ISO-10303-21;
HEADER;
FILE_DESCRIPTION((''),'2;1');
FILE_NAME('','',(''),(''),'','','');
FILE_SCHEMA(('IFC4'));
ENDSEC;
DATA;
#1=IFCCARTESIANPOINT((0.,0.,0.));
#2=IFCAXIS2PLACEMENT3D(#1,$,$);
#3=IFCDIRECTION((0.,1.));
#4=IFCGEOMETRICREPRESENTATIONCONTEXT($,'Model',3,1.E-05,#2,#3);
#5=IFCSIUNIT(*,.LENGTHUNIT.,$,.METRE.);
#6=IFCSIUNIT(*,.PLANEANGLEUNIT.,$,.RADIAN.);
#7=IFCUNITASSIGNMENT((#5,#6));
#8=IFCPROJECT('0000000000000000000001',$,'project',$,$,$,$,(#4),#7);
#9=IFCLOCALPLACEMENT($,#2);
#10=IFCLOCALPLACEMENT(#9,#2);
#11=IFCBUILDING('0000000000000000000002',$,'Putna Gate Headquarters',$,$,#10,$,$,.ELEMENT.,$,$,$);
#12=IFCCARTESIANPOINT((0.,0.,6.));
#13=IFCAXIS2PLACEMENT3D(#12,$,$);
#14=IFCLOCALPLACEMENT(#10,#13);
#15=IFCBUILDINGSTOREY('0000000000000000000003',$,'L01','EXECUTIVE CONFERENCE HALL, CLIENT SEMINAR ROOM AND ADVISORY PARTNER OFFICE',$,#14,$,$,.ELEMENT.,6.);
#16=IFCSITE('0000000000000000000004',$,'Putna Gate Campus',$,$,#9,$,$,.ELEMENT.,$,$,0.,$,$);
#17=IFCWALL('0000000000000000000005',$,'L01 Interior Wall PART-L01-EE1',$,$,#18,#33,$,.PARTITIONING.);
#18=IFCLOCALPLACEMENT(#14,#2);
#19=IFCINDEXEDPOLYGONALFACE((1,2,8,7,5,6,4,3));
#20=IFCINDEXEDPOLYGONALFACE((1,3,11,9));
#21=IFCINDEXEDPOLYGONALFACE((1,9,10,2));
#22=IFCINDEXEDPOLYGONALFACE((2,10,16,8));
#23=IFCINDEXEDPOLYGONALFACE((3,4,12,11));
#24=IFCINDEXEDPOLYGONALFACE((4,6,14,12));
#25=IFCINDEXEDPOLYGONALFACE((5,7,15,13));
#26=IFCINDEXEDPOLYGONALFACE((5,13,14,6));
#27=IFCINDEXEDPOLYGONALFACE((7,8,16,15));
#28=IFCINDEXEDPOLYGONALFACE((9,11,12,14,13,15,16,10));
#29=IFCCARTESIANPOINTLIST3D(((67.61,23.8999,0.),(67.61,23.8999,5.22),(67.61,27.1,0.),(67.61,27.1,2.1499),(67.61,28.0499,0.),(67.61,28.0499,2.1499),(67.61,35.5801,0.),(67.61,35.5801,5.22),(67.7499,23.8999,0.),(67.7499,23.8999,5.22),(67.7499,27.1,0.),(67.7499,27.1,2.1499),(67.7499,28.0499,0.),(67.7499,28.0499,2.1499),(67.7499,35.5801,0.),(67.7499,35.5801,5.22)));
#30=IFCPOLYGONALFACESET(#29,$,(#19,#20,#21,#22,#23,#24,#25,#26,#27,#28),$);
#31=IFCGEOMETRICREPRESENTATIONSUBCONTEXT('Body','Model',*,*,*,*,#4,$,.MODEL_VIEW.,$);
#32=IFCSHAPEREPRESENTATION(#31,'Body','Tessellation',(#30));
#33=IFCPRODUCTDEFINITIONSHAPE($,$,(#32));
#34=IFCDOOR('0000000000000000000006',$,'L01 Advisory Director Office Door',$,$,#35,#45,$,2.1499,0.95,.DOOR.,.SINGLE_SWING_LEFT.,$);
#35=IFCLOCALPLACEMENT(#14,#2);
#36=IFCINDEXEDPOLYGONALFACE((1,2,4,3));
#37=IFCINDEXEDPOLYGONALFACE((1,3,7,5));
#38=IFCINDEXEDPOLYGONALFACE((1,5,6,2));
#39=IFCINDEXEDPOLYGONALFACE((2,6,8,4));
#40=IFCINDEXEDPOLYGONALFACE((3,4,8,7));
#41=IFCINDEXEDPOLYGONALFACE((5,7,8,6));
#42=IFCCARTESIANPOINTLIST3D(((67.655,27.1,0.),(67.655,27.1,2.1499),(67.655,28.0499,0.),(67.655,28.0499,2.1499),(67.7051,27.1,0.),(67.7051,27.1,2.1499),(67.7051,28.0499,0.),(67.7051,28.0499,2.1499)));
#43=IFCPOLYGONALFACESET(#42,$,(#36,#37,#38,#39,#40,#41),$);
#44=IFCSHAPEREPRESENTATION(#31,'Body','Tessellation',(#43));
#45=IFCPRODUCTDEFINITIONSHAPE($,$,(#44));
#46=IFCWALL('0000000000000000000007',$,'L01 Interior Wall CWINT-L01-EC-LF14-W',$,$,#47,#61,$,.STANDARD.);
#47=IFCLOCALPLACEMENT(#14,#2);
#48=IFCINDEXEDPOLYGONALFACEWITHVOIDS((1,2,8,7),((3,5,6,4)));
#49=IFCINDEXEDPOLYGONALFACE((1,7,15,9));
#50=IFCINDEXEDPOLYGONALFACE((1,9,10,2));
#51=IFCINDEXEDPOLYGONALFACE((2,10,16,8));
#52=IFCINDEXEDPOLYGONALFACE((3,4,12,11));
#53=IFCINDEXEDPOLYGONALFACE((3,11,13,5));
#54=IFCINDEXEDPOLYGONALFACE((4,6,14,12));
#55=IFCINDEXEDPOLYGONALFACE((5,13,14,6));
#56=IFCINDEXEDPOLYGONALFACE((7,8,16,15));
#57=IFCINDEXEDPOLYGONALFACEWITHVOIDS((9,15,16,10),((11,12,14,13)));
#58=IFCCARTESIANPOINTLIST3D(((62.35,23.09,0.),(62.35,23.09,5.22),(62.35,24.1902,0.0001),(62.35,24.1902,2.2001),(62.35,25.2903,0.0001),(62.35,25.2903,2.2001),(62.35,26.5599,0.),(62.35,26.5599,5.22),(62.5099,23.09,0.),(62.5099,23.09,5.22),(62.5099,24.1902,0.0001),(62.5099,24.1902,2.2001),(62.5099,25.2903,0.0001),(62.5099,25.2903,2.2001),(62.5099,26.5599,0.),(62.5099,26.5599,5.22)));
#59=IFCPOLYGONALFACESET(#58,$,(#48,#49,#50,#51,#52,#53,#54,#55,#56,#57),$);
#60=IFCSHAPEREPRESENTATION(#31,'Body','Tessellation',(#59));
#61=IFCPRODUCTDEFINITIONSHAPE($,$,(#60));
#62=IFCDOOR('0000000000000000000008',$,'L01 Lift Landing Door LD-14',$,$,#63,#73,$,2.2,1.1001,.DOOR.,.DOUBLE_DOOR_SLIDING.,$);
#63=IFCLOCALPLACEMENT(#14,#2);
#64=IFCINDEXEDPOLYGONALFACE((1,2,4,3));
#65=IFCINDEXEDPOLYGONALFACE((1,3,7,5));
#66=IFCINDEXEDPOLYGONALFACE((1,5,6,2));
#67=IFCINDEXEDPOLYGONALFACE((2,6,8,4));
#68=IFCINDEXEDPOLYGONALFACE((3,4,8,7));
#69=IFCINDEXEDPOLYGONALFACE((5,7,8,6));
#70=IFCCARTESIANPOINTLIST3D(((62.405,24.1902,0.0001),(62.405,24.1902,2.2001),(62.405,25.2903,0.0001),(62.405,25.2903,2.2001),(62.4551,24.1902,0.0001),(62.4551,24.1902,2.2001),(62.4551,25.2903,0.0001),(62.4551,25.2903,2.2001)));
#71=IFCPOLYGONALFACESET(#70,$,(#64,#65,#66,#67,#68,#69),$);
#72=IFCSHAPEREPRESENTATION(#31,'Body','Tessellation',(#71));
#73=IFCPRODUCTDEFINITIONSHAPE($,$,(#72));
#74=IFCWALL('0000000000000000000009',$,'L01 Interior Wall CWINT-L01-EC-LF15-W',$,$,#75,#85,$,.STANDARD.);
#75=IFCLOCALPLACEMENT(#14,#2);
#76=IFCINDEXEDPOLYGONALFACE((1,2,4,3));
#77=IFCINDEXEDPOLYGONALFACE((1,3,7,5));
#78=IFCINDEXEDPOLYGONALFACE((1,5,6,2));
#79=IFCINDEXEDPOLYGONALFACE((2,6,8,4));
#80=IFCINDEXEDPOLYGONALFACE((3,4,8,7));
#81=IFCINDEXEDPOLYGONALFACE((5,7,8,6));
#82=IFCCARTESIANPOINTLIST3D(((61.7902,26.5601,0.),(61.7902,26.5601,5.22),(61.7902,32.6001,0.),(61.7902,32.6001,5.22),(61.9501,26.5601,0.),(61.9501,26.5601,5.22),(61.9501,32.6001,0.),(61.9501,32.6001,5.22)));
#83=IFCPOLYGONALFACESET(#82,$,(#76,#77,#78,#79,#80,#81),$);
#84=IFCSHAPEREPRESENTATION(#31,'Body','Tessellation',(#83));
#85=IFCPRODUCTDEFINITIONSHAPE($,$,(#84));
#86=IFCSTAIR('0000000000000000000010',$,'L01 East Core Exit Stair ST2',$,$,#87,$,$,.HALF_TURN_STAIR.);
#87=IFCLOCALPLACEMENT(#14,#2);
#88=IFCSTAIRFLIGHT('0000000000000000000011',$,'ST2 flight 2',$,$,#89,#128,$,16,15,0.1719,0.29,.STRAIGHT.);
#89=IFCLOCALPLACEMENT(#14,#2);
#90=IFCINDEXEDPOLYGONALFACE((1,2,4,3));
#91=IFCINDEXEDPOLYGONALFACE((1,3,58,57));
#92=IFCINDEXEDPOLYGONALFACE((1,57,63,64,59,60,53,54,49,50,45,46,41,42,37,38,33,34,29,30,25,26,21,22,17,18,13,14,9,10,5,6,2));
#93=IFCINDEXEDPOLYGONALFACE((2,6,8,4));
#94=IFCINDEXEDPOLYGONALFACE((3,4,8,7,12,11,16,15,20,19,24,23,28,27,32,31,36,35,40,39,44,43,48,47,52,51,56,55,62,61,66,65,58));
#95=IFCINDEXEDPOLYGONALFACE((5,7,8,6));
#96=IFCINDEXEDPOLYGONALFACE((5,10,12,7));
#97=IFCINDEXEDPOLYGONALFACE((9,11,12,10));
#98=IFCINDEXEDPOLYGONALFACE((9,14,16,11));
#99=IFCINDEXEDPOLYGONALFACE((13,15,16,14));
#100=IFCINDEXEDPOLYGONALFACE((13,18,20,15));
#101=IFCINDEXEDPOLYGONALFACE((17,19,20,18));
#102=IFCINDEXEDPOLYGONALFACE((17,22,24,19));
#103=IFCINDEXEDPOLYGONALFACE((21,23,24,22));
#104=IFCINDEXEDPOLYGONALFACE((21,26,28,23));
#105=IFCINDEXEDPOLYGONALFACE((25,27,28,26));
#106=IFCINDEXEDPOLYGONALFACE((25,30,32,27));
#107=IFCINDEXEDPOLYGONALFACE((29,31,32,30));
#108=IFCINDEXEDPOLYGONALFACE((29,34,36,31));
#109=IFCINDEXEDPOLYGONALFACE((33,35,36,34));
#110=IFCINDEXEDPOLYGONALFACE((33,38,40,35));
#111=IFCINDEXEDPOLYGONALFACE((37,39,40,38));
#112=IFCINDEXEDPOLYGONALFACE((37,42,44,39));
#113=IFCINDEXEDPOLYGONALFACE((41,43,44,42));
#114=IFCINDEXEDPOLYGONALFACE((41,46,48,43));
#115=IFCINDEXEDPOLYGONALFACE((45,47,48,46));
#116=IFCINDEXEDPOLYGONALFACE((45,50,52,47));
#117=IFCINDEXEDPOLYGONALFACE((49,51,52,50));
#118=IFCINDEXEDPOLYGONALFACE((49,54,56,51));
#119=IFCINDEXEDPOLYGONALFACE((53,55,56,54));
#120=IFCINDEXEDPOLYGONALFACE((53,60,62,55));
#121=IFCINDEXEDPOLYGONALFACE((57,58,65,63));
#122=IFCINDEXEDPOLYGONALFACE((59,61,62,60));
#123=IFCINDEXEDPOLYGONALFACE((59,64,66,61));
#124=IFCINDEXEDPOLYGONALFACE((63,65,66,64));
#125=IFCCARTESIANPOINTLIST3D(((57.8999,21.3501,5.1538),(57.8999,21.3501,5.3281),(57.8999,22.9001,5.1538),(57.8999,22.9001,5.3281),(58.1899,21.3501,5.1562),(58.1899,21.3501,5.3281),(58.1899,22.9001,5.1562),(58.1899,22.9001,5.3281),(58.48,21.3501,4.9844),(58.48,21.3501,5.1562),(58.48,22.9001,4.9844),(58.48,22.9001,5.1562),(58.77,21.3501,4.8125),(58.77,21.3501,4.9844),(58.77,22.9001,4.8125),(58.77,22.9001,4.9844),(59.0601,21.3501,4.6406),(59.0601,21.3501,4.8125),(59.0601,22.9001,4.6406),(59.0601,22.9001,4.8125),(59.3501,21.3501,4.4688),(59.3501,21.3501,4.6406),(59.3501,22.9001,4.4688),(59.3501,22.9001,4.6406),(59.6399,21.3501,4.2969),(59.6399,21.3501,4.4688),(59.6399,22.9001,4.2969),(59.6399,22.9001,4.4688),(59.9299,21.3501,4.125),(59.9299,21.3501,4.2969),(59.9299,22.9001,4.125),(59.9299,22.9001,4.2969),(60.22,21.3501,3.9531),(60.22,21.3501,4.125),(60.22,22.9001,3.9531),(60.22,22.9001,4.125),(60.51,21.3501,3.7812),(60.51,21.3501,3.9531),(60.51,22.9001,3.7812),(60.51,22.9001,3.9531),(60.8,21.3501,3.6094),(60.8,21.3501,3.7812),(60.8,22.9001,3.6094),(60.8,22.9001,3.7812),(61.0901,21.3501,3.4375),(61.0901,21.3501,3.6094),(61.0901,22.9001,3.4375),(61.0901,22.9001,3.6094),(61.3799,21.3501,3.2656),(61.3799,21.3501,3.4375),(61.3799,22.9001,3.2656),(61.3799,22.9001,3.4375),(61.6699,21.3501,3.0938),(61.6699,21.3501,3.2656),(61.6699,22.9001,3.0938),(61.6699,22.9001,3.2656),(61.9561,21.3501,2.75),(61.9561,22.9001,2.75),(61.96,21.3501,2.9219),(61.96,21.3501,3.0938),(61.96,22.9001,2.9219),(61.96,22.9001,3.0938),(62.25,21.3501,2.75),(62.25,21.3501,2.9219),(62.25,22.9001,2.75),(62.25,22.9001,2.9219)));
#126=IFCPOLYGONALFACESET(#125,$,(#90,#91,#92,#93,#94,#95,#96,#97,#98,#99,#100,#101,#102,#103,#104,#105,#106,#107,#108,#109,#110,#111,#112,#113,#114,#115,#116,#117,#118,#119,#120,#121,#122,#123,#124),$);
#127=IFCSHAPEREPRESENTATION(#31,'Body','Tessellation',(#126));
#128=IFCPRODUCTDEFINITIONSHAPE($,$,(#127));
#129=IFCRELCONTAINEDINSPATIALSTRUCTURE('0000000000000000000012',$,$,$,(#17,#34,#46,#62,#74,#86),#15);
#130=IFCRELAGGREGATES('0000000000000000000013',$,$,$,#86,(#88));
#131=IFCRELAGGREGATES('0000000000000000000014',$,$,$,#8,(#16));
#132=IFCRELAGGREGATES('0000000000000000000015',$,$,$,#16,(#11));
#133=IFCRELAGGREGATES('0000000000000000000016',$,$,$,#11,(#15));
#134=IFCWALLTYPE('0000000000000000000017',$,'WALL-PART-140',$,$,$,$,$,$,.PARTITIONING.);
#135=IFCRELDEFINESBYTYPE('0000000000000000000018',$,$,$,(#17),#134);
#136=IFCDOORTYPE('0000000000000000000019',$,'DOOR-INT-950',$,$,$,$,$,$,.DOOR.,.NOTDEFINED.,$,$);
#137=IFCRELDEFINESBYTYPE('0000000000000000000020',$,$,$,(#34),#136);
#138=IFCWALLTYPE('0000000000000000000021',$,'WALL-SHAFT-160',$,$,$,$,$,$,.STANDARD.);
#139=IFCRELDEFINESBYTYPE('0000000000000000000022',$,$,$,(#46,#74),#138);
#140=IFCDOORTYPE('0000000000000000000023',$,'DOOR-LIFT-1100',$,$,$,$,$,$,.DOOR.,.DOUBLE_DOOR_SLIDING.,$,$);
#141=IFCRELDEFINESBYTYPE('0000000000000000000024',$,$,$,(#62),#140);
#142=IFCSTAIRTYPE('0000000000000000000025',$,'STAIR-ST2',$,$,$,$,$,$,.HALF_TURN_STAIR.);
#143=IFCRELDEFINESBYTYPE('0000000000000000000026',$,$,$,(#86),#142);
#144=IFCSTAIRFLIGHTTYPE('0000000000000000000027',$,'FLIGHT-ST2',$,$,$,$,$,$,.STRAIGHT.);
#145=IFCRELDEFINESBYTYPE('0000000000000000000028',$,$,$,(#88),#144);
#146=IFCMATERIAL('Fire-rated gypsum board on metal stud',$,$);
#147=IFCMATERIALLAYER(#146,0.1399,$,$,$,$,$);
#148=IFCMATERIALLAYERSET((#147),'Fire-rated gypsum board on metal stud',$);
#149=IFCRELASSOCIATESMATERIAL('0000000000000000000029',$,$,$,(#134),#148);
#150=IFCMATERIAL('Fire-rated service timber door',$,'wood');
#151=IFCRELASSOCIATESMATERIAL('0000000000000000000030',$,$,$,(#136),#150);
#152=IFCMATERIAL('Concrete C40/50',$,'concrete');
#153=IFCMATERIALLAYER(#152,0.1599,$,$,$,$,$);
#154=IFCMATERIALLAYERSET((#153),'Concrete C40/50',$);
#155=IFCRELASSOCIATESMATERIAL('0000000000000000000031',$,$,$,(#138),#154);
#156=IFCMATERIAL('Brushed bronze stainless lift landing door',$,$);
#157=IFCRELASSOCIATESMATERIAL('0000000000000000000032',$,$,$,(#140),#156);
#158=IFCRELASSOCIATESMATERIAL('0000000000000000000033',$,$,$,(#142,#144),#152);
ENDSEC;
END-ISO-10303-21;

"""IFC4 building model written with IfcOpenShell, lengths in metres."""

from ifc_helpers import new_model, si_unit, direction, frame, frame_2d, origin, place, context, subcontext, project, spatial, polyline, rectangle, outline, extrude, material, layer, layer_set, type_object, element, fill, aggregate, save


model = new_model("IFC4")

# Units and contexts
model_context = context("Model", 3, precision=1e-05, world=origin(), true_north=direction((0.0, 1.0)))
body_context = subcontext(model_context, "Body", "Model", "MODEL_VIEW")
ifc_project = project(units=[si_unit("LENGTHUNIT", "METRE"), si_unit("PLANEANGLEUNIT", "RADIAN")], contexts=[model_context])

# Site, building, storey
site_placement = place(None, origin())
site = spatial("IfcSite", under=ifc_project, at=site_placement, Name="Putna Gate Campus", CompositionType="ELEMENT", RefElevation=0.0)
building_placement = place(site_placement, origin())
building = spatial("IfcBuilding", under=site, at=building_placement, Name="Putna Gate Headquarters", CompositionType="ELEMENT")
storey_placement = place(building_placement, frame((0.0, 0.0, 6.0)))
storey = spatial("IfcBuildingStorey", under=building, at=storey_placement, Name="L01", Description="EXECUTIVE CONFERENCE HALL, CLIENT SEMINAR ROOM AND ADVISORY PARTNER OFFICE", CompositionType="ELEMENT", Elevation=6.0)

# Shared definitions
ifc_material_1 = material(Name="Fire-rated gypsum board on metal stud")
ifc_layer_1 = layer(ifc_material_1, 0.1399)
ifc_layer_set_1 = layer_set([ifc_layer_1], Name="Fire-rated gypsum board on metal stud")
wall_type_1 = type_object("IfcWallType", Name="WALL-PART-140", PredefinedType="PARTITIONING", material=ifc_layer_set_1)

# Walls, openings, doors
ifc_material_2 = material(Name="Fire-rated service timber door", Category="wood")
door_type_1 = type_object("IfcDoorType", Name="DOOR-INT-950", OperationType="NOTDEFINED", PredefinedType="DOOR", material=ifc_material_2)
wall_1_placement = place(storey_placement, frame((67.6799, 23.8999, 0.0), z_axis=(0.0, 0.0, 1.0), x_axis=(0.0, 1.0, 0.0)))
wall_1 = element("IfcWall", 1, at=wall_1_placement, inside=storey, type_object=wall_type_1, Name="L01 Interior Wall PART-L01-EE1", PredefinedType="PARTITIONING", context=body_context, shape_type="SweptSolid", body=[
    extrude(rectangle(XDim=11.6802, YDim=0.1399, at=frame_2d((5.8401, 0.0))), origin(), (0.0, 0.0, 1.0), 5.22),
])
opening_1_placement = place(wall_1_placement, frame((3.2, 0.0, 0.0)))
opening_1 = element("IfcOpeningElement", 2, at=opening_1_placement, cuts=wall_1, PredefinedType="OPENING", context=body_context, shape_type="SweptSolid", body=[
    extrude(rectangle(XDim=0.95, YDim=2.1499, at=frame_2d((0.4751, 1.075))), frame((0.0, 0.0798, 0.0), z_axis=(0.0, -1.0, 0.0), x_axis=(1.0, 0.0, 0.0)), (0.0, 0.0, 1.0), 0.1599),
])
door_1_placement = place(opening_1_placement, origin())
door_1 = element("IfcDoor", 3, at=door_1_placement, inside=storey, type_object=door_type_1, Name="L01 Advisory Director Office Door", OperationType="SINGLE_SWING_LEFT", OverallHeight=2.1499, OverallWidth=0.95, PredefinedType="DOOR", context=body_context, shape_type="SweptSolid", body=[
    extrude(rectangle(XDim=0.95, YDim=2.1499, at=frame_2d((0.4751, 1.075))), frame((0.0, 0.0249, 0.0), z_axis=(0.0, -1.0, 0.0), x_axis=(1.0, 0.0, 0.0)), (0.0, 0.0, 1.0), 0.05),
])
fill(opening_1, door_1)
ifc_material_3 = material(Name="Concrete C40/50", Category="concrete")
ifc_layer_2 = layer(ifc_material_3, 0.1599)
ifc_layer_set_2 = layer_set([ifc_layer_2], Name="Concrete C40/50")
wall_type_2 = type_object("IfcWallType", Name="WALL-SHAFT-160", PredefinedType="STANDARD", material=ifc_layer_set_2)
wall_2_placement = place(storey_placement, frame((62.4299, 23.0901, 0.0), z_axis=(0.0, 0.0, 1.0), x_axis=(0.0, 1.0, 0.0)))
wall_2 = element("IfcWall", 4, at=wall_2_placement, inside=storey, type_object=wall_type_2, Name="L01 Interior Wall CWINT-L01-EC-LF14-W", PredefinedType="STANDARD", context=body_context, shape_type="SweptSolid", body=[
    extrude(rectangle(XDim=3.47, YDim=0.1599, at=frame_2d((1.7349, 0.0))), origin(), (0.0, 0.0, 1.0), 5.22),
])
opening_2_placement = place(wall_2_placement, frame((1.1001, 0.0, 0.0)))
opening_2 = element("IfcOpeningElement", 5, at=opening_2_placement, cuts=wall_2, PredefinedType="OPENING", context=body_context, shape_type="SweptSolid", body=[
    extrude(rectangle(XDim=1.1001, YDim=2.2, at=frame_2d((0.55, 1.1001))), frame((0.0, 0.0898, 0.0), z_axis=(0.0, -1.0, 0.0), x_axis=(1.0, 0.0, 0.0)), (0.0, 0.0, 1.0), 0.1799),
])
ifc_material_4 = material(Name="Brushed bronze stainless lift landing door")
door_type_2 = type_object("IfcDoorType", Name="DOOR-LIFT-1100", OperationType="DOUBLE_DOOR_SLIDING", PredefinedType="DOOR", material=ifc_material_4)
door_2_placement = place(opening_2_placement, origin())
door_2 = element("IfcDoor", 6, at=door_2_placement, inside=storey, type_object=door_type_2, Name="L01 Lift Landing Door LD-14", OperationType="DOUBLE_DOOR_SLIDING", OverallHeight=2.2, OverallWidth=1.1001, PredefinedType="DOOR", context=body_context, shape_type="SweptSolid", body=[
    extrude(rectangle(XDim=1.1001, YDim=2.2, at=frame_2d((0.55, 1.1001))), frame((0.0, 0.0249, 0.0), z_axis=(0.0, -1.0, 0.0), x_axis=(1.0, 0.0, 0.0)), (0.0, 0.0, 1.0), 0.05),
])
fill(opening_2, door_2)

# Wall
wall_3_placement = place(storey_placement, frame((61.8701, 26.5601, 0.0), z_axis=(0.0, 0.0, 1.0), x_axis=(0.0, 1.0, 0.0)))
element("IfcWall", 7, at=wall_3_placement, inside=storey, type_object=wall_type_2, Name="L01 Interior Wall CWINT-L01-EC-LF15-W", PredefinedType="STANDARD", context=body_context, shape_type="SweptSolid", body=[
    extrude(rectangle(XDim=6.04, YDim=0.1599, at=frame_2d((3.02, 0.0))), origin(), (0.0, 0.0, 1.0), 5.22),
])

# Stair, stair flight
stair_type = type_object("IfcStairType", Name="STAIR-ST2", PredefinedType="HALF_TURN_STAIR", material=ifc_material_3)
stair_placement = place(storey_placement, origin())
stair = element("IfcStair", 8, at=stair_placement, inside=storey, type_object=stair_type, Name="L01 East Core Exit Stair ST2", PredefinedType="HALF_TURN_STAIR")
stair_flight_type = type_object("IfcStairFlightType", Name="FLIGHT-ST2", PredefinedType="STRAIGHT", material=ifc_material_3)
stair_flight_placement = place(storey_placement, frame((62.25, 22.125, 2.75), z_axis=(0.0, 0.0, 1.0), x_axis=(-1.0, 0.0, 0.0)))
stair_flight = element("IfcStairFlight", 9, at=stair_flight_placement, type_object=stair_flight_type, Name="ST2 flight 2", NumberOfRisers=16, NumberOfTreads=15, PredefinedType="STRAIGHT", RiserHeight=0.1719, TreadLength=0.29, context=body_context, shape_type="SweptSolid", body=[
    extrude(outline(polyline([(0.0, 0.0), (0.0, 0.1719), (0.29, 0.1719), (0.29, 0.3438), (0.5801, 0.3438), (0.5801, 0.5156), (0.8701, 0.5156), (0.8701, 0.6875), (1.1599, 0.6875), (1.1599, 0.8594), (1.45, 0.8594), (1.45, 1.0312), (1.74, 1.0312), (1.74, 1.2031), (2.03, 1.2031), (2.03, 1.375), (2.3201, 1.375), (2.3201, 1.5469), (2.6101, 1.5469), (2.6101, 1.7188), (2.8999, 1.7188), (2.8999, 1.8906), (3.1899, 1.8906), (3.1899, 2.0625), (3.48, 2.0625), (3.48, 2.2344), (3.77, 2.2344), (3.77, 2.4062), (4.0601, 2.4062), (4.0601, 2.5781), (4.3501, 2.5781), (4.3501, 2.75), (4.3501, 2.4038), (0.2939, 0.0), (0.0, 0.0)])), frame((0.0, 0.7749, 0.0), z_axis=(0.0, -1.0, 0.0), x_axis=(1.0, 0.0, 0.0)), (0.0, 0.0, 1.0), 1.55),
])
aggregate(stair, [stair_flight])

save(model, "model.ifc")
